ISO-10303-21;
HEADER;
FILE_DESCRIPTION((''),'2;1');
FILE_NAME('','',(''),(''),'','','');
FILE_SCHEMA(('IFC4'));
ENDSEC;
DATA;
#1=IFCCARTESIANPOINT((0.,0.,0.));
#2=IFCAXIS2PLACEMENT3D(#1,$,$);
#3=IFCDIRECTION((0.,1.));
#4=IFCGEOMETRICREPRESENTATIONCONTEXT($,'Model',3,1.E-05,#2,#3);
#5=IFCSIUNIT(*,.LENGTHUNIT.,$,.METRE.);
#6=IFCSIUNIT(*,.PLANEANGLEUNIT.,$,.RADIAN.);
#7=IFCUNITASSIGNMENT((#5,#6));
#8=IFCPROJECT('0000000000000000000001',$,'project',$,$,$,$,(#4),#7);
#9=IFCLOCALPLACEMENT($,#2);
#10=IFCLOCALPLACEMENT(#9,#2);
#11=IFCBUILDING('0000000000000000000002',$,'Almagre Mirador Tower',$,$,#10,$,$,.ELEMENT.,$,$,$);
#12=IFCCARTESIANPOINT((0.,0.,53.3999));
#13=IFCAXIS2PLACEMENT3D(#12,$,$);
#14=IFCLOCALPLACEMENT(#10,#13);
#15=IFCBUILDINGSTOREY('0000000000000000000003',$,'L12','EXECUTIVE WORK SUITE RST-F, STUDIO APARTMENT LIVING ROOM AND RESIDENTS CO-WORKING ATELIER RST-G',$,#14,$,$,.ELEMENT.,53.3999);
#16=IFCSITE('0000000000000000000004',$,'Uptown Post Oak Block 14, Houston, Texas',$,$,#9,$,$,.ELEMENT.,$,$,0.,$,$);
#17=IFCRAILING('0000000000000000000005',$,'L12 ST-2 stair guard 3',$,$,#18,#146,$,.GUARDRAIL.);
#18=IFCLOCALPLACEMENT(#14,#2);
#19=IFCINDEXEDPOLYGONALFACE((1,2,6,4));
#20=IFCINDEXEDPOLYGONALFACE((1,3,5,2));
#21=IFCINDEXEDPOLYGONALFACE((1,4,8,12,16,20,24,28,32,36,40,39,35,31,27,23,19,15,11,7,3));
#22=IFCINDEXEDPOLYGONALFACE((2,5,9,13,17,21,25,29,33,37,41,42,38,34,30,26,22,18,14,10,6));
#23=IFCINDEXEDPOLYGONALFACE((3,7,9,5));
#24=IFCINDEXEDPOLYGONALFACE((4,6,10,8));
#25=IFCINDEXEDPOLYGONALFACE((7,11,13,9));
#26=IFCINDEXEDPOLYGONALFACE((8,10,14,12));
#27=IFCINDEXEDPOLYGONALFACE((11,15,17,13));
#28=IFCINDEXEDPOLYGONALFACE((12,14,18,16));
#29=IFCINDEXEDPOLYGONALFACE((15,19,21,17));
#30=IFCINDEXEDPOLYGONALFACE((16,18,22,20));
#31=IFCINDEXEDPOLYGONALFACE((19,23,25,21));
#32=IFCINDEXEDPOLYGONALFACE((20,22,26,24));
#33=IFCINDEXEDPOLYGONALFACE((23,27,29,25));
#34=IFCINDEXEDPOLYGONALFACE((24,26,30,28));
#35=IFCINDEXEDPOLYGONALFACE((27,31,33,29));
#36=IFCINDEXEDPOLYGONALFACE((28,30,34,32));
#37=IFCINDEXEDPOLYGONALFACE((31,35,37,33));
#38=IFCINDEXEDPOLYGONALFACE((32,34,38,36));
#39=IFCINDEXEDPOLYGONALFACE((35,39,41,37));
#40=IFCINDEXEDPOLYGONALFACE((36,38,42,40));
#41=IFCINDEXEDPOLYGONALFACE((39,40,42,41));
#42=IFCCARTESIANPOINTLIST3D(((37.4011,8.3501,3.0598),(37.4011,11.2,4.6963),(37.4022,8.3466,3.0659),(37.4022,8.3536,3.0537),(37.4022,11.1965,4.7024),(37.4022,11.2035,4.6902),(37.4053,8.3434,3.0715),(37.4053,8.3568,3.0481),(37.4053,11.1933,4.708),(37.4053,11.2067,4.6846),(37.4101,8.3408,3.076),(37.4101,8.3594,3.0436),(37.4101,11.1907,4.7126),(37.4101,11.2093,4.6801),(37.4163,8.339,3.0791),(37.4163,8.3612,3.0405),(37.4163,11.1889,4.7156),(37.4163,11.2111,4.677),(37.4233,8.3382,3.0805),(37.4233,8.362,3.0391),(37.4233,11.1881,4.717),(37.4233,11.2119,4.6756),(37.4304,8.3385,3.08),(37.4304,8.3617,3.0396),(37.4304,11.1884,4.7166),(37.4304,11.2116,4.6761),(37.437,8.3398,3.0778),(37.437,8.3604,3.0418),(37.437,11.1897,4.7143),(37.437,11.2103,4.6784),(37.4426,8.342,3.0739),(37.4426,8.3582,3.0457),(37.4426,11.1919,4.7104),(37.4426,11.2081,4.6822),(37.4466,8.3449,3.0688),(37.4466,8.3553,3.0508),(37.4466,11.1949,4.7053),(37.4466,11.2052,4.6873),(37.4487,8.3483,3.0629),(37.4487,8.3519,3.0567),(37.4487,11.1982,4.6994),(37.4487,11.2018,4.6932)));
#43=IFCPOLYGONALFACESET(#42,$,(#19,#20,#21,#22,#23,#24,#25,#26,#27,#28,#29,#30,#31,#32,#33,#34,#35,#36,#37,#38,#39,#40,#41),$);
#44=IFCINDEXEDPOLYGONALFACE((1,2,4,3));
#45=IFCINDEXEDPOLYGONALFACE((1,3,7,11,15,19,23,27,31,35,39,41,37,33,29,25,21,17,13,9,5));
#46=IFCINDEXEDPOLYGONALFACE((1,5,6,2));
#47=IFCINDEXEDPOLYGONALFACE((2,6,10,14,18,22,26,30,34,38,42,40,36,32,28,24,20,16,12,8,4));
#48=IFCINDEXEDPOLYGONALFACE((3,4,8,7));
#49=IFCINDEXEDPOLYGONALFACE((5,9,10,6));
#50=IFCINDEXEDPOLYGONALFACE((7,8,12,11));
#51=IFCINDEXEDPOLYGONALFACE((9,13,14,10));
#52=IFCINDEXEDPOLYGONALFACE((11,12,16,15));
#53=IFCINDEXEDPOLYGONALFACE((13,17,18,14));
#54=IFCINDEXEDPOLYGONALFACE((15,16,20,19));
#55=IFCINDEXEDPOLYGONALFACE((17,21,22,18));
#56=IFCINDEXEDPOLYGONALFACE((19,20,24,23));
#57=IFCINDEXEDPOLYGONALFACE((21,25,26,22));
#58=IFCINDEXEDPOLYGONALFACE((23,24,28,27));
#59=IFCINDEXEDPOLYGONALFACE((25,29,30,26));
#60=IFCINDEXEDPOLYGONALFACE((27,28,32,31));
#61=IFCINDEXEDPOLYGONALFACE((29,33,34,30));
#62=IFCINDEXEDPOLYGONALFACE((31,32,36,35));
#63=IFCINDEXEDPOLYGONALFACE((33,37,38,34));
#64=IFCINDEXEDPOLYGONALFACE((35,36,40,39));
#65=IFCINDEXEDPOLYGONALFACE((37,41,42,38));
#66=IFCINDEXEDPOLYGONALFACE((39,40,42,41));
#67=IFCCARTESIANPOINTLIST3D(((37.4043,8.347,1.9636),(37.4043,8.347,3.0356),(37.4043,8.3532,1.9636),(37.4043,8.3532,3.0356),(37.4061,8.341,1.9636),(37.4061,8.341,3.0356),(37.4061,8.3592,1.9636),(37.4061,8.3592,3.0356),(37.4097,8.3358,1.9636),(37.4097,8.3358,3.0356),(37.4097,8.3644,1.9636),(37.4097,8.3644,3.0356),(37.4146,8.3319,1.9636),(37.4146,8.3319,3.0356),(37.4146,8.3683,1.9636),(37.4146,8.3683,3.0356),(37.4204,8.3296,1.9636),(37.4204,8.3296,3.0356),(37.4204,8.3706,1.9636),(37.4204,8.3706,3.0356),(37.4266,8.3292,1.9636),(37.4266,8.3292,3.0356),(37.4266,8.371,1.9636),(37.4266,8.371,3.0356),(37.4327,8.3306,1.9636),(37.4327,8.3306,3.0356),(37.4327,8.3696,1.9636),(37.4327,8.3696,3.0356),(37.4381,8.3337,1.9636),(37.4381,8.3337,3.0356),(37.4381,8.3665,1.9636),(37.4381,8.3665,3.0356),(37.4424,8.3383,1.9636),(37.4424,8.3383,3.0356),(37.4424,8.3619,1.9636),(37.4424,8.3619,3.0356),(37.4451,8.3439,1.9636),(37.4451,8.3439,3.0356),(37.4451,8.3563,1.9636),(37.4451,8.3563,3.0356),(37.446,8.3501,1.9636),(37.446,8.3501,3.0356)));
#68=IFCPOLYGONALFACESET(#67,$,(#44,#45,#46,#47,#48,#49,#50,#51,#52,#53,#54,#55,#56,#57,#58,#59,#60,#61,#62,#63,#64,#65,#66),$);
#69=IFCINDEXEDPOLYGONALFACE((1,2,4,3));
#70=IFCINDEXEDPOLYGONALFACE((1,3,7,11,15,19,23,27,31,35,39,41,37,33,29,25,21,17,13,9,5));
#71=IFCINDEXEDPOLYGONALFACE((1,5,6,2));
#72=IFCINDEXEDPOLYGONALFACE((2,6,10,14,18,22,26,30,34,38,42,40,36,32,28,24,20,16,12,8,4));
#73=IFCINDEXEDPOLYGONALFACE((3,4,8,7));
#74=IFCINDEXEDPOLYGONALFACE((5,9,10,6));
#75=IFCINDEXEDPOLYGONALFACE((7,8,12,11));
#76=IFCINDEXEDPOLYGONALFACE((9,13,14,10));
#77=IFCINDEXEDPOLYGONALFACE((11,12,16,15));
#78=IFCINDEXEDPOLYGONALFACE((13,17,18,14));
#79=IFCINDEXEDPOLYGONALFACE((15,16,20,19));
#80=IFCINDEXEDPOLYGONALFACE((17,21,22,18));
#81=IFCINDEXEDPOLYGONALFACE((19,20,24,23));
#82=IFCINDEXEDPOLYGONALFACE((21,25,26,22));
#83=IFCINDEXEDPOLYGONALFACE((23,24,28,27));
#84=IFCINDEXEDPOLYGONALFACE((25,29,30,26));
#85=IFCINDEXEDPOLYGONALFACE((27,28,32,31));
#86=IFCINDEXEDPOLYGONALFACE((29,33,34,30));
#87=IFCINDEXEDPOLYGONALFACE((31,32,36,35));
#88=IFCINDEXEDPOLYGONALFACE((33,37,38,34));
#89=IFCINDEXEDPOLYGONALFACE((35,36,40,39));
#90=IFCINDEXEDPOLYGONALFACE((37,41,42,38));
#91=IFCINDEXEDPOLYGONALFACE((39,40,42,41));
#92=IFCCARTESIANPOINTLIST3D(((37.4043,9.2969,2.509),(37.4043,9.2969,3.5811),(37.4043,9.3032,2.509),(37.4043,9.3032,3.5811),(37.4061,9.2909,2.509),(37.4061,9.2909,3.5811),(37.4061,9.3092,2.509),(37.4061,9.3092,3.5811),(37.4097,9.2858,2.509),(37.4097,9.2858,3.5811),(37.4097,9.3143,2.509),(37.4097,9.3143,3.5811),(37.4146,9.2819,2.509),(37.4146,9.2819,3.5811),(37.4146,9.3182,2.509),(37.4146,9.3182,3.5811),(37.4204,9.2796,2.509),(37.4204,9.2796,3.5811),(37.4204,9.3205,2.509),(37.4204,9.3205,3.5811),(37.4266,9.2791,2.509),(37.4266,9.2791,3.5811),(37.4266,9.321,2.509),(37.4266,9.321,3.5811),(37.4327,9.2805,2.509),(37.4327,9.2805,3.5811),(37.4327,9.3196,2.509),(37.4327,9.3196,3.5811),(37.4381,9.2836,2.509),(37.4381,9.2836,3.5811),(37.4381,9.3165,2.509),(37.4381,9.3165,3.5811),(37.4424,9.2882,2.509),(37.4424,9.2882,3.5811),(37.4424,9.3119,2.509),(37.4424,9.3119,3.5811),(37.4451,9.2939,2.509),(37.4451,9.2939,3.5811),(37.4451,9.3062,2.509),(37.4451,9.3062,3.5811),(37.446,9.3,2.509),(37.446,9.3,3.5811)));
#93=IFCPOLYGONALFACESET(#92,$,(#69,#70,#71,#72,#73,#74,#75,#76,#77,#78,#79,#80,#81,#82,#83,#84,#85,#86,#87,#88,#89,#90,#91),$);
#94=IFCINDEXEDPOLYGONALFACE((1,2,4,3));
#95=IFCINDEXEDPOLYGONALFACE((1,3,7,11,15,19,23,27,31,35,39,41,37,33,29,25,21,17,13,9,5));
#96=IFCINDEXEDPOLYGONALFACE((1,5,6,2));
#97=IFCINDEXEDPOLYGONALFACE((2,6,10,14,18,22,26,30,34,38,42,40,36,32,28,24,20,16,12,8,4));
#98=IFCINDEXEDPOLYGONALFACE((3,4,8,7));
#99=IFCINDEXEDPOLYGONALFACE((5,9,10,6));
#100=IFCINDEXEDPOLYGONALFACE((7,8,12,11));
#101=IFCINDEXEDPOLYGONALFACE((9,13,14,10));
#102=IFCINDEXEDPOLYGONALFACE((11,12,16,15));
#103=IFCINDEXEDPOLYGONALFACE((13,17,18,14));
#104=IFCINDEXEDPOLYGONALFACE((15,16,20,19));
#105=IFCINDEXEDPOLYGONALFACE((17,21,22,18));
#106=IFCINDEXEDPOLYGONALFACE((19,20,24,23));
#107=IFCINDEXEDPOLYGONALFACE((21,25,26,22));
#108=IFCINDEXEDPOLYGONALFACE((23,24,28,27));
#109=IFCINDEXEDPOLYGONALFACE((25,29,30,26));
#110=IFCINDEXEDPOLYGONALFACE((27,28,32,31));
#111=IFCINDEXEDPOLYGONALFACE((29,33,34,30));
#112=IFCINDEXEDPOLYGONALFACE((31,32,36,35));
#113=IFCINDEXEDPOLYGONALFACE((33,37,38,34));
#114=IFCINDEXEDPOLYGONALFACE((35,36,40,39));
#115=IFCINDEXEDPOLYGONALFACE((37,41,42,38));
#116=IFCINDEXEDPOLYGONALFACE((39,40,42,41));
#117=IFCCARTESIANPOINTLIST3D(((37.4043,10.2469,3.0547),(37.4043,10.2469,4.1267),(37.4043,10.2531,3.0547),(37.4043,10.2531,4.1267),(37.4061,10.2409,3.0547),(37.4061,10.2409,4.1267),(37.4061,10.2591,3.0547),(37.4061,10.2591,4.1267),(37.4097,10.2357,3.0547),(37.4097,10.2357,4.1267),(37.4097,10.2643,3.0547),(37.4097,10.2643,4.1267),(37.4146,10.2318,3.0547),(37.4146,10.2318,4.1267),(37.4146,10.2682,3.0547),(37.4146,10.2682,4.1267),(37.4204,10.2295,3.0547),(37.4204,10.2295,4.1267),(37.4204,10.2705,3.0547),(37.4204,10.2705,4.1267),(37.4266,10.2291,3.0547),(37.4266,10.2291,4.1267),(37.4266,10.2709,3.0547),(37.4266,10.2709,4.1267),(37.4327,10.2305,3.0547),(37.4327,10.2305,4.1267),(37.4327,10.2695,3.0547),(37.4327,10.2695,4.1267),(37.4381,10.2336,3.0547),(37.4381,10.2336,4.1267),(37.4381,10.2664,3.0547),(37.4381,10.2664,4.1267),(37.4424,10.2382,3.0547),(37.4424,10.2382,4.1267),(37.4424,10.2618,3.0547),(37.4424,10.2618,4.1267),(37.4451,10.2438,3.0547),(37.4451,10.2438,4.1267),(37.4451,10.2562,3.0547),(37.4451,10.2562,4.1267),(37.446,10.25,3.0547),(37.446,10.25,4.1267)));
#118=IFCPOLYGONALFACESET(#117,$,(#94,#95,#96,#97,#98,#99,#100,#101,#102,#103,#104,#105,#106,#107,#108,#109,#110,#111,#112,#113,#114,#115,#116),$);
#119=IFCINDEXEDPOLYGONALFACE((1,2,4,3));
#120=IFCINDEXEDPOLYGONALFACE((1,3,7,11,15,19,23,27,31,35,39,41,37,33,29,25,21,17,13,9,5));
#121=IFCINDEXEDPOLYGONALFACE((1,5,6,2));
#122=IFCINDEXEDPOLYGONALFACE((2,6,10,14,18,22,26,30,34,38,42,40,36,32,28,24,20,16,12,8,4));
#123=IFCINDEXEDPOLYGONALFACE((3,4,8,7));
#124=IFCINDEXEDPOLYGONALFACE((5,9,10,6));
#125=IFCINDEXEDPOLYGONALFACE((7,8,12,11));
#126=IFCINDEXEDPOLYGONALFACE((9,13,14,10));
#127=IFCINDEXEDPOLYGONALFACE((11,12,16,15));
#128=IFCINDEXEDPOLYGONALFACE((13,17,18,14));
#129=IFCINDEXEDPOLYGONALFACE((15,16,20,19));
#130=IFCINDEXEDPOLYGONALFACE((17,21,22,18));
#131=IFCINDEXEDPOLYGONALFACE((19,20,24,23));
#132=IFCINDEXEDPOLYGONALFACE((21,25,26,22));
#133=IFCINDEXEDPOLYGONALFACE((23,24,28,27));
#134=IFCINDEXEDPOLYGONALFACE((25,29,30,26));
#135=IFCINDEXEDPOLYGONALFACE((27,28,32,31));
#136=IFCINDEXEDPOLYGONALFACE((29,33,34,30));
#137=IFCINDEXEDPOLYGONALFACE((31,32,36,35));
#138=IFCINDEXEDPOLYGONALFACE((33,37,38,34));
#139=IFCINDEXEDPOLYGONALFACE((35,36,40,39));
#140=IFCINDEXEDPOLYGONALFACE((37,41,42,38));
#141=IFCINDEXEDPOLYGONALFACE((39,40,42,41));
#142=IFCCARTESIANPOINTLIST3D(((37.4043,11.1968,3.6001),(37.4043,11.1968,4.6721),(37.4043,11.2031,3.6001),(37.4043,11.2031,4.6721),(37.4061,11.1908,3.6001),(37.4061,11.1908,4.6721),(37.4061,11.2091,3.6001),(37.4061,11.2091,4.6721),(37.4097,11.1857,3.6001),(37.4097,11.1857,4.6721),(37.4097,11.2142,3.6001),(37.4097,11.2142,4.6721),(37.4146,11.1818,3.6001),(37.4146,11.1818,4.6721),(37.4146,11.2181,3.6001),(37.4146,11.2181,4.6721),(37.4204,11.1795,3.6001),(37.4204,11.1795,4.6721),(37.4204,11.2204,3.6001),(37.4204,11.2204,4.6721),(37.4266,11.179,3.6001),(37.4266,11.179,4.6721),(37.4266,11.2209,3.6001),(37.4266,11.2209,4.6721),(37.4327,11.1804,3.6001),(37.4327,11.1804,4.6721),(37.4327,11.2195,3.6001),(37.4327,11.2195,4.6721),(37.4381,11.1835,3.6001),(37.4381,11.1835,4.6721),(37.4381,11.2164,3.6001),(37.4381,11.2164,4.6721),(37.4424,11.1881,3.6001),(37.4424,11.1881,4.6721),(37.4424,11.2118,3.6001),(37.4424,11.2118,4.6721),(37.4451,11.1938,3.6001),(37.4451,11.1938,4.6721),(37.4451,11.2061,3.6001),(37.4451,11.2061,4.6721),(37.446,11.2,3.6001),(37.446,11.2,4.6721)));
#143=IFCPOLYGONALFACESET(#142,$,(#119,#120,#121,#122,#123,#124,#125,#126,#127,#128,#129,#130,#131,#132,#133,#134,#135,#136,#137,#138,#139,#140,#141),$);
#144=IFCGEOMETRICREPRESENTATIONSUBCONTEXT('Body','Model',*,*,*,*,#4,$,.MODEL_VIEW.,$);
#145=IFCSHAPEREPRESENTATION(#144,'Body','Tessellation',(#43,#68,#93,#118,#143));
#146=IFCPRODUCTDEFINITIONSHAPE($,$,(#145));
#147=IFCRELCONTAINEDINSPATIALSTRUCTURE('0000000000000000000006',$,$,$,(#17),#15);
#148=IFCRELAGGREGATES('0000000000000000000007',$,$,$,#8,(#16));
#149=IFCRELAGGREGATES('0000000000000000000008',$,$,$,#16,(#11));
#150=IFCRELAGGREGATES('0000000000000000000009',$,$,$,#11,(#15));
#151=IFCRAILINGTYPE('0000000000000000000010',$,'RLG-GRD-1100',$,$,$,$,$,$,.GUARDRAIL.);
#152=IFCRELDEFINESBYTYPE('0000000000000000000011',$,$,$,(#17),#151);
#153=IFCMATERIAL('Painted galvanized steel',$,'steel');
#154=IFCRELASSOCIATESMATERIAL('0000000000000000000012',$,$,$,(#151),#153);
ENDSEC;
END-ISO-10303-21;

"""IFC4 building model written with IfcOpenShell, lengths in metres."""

from ifc_helpers import new_model, si_unit, direction, frame, origin, origin_2d, place, context, subcontext, project, spatial, circle, extrude, material, type_object, element, save


model = new_model("IFC4")

# Units and contexts
model_context = context("Model", 3, precision=1e-05, world=origin(), true_north=direction((0.0, 1.0)))
body_context = subcontext(model_context, "Body", "Model", "MODEL_VIEW")
ifc_project = project(units=[si_unit("LENGTHUNIT", "METRE"), si_unit("PLANEANGLEUNIT", "RADIAN")], contexts=[model_context])

# Site, building, storey
site_placement = place(None, origin())
site = spatial("IfcSite", under=ifc_project, at=site_placement, Name="Uptown Post Oak Block 14, Houston, Texas", CompositionType="ELEMENT", RefElevation=0.0)
building_placement = place(site_placement, origin())
building = spatial("IfcBuilding", under=site, at=building_placement, Name="Almagre Mirador Tower", CompositionType="ELEMENT")
storey_placement = place(building_placement, frame((0.0, 0.0, 53.3999)))
storey = spatial("IfcBuildingStorey", under=building, at=storey_placement, Name="L12", Description="EXECUTIVE WORK SUITE RST-F, STUDIO APARTMENT LIVING ROOM AND RESIDENTS CO-WORKING ATELIER RST-G", CompositionType="ELEMENT", Elevation=53.3999)

# Railing
ifc_material_1 = material(Name="Painted galvanized steel", Category="steel")
railing_type_1 = type_object("IfcRailingType", Name="RLG-GRD-1100", PredefinedType="GUARDRAIL", material=ifc_material_1)
railing_1_placement = place(storey_placement, frame((37.425, 8.3501, 1.9636)))
element("IfcRailing", 1, at=railing_1_placement, inside=storey, type_object=railing_type_1, Name="L12 ST-2 stair guard 3", PredefinedType="GUARDRAIL", context=body_context, shape_type="SweptSolid", body=[
    extrude(circle(Radius=0.0239, at=origin_2d()), frame((0.0, 0.0, 1.0962), z_axis=(0.0, 0.867194, 0.49797), x_axis=(-1.0, 0.0, 0.0)), (0.0, 0.0, 1.0), 3.2864),
    extrude(circle(Radius=0.021, at=origin_2d()), origin(), (0.0, 0.0, 1.0), 1.072),
    extrude(circle(Radius=0.021, at=origin_2d()), frame((0.0, 0.95, 0.5454)), (0.0, 0.0, 1.0), 1.072),
    extrude(circle(Radius=0.021, at=origin_2d()), frame((0.0, 1.8999, 1.0911)), (0.0, 0.0, 1.0), 1.072),
    extrude(circle(Radius=0.021, at=origin_2d()), frame((0.0, 2.8499, 1.6365)), (0.0, 0.0, 1.0), 1.072),
])

save(model, "model.ifc")
